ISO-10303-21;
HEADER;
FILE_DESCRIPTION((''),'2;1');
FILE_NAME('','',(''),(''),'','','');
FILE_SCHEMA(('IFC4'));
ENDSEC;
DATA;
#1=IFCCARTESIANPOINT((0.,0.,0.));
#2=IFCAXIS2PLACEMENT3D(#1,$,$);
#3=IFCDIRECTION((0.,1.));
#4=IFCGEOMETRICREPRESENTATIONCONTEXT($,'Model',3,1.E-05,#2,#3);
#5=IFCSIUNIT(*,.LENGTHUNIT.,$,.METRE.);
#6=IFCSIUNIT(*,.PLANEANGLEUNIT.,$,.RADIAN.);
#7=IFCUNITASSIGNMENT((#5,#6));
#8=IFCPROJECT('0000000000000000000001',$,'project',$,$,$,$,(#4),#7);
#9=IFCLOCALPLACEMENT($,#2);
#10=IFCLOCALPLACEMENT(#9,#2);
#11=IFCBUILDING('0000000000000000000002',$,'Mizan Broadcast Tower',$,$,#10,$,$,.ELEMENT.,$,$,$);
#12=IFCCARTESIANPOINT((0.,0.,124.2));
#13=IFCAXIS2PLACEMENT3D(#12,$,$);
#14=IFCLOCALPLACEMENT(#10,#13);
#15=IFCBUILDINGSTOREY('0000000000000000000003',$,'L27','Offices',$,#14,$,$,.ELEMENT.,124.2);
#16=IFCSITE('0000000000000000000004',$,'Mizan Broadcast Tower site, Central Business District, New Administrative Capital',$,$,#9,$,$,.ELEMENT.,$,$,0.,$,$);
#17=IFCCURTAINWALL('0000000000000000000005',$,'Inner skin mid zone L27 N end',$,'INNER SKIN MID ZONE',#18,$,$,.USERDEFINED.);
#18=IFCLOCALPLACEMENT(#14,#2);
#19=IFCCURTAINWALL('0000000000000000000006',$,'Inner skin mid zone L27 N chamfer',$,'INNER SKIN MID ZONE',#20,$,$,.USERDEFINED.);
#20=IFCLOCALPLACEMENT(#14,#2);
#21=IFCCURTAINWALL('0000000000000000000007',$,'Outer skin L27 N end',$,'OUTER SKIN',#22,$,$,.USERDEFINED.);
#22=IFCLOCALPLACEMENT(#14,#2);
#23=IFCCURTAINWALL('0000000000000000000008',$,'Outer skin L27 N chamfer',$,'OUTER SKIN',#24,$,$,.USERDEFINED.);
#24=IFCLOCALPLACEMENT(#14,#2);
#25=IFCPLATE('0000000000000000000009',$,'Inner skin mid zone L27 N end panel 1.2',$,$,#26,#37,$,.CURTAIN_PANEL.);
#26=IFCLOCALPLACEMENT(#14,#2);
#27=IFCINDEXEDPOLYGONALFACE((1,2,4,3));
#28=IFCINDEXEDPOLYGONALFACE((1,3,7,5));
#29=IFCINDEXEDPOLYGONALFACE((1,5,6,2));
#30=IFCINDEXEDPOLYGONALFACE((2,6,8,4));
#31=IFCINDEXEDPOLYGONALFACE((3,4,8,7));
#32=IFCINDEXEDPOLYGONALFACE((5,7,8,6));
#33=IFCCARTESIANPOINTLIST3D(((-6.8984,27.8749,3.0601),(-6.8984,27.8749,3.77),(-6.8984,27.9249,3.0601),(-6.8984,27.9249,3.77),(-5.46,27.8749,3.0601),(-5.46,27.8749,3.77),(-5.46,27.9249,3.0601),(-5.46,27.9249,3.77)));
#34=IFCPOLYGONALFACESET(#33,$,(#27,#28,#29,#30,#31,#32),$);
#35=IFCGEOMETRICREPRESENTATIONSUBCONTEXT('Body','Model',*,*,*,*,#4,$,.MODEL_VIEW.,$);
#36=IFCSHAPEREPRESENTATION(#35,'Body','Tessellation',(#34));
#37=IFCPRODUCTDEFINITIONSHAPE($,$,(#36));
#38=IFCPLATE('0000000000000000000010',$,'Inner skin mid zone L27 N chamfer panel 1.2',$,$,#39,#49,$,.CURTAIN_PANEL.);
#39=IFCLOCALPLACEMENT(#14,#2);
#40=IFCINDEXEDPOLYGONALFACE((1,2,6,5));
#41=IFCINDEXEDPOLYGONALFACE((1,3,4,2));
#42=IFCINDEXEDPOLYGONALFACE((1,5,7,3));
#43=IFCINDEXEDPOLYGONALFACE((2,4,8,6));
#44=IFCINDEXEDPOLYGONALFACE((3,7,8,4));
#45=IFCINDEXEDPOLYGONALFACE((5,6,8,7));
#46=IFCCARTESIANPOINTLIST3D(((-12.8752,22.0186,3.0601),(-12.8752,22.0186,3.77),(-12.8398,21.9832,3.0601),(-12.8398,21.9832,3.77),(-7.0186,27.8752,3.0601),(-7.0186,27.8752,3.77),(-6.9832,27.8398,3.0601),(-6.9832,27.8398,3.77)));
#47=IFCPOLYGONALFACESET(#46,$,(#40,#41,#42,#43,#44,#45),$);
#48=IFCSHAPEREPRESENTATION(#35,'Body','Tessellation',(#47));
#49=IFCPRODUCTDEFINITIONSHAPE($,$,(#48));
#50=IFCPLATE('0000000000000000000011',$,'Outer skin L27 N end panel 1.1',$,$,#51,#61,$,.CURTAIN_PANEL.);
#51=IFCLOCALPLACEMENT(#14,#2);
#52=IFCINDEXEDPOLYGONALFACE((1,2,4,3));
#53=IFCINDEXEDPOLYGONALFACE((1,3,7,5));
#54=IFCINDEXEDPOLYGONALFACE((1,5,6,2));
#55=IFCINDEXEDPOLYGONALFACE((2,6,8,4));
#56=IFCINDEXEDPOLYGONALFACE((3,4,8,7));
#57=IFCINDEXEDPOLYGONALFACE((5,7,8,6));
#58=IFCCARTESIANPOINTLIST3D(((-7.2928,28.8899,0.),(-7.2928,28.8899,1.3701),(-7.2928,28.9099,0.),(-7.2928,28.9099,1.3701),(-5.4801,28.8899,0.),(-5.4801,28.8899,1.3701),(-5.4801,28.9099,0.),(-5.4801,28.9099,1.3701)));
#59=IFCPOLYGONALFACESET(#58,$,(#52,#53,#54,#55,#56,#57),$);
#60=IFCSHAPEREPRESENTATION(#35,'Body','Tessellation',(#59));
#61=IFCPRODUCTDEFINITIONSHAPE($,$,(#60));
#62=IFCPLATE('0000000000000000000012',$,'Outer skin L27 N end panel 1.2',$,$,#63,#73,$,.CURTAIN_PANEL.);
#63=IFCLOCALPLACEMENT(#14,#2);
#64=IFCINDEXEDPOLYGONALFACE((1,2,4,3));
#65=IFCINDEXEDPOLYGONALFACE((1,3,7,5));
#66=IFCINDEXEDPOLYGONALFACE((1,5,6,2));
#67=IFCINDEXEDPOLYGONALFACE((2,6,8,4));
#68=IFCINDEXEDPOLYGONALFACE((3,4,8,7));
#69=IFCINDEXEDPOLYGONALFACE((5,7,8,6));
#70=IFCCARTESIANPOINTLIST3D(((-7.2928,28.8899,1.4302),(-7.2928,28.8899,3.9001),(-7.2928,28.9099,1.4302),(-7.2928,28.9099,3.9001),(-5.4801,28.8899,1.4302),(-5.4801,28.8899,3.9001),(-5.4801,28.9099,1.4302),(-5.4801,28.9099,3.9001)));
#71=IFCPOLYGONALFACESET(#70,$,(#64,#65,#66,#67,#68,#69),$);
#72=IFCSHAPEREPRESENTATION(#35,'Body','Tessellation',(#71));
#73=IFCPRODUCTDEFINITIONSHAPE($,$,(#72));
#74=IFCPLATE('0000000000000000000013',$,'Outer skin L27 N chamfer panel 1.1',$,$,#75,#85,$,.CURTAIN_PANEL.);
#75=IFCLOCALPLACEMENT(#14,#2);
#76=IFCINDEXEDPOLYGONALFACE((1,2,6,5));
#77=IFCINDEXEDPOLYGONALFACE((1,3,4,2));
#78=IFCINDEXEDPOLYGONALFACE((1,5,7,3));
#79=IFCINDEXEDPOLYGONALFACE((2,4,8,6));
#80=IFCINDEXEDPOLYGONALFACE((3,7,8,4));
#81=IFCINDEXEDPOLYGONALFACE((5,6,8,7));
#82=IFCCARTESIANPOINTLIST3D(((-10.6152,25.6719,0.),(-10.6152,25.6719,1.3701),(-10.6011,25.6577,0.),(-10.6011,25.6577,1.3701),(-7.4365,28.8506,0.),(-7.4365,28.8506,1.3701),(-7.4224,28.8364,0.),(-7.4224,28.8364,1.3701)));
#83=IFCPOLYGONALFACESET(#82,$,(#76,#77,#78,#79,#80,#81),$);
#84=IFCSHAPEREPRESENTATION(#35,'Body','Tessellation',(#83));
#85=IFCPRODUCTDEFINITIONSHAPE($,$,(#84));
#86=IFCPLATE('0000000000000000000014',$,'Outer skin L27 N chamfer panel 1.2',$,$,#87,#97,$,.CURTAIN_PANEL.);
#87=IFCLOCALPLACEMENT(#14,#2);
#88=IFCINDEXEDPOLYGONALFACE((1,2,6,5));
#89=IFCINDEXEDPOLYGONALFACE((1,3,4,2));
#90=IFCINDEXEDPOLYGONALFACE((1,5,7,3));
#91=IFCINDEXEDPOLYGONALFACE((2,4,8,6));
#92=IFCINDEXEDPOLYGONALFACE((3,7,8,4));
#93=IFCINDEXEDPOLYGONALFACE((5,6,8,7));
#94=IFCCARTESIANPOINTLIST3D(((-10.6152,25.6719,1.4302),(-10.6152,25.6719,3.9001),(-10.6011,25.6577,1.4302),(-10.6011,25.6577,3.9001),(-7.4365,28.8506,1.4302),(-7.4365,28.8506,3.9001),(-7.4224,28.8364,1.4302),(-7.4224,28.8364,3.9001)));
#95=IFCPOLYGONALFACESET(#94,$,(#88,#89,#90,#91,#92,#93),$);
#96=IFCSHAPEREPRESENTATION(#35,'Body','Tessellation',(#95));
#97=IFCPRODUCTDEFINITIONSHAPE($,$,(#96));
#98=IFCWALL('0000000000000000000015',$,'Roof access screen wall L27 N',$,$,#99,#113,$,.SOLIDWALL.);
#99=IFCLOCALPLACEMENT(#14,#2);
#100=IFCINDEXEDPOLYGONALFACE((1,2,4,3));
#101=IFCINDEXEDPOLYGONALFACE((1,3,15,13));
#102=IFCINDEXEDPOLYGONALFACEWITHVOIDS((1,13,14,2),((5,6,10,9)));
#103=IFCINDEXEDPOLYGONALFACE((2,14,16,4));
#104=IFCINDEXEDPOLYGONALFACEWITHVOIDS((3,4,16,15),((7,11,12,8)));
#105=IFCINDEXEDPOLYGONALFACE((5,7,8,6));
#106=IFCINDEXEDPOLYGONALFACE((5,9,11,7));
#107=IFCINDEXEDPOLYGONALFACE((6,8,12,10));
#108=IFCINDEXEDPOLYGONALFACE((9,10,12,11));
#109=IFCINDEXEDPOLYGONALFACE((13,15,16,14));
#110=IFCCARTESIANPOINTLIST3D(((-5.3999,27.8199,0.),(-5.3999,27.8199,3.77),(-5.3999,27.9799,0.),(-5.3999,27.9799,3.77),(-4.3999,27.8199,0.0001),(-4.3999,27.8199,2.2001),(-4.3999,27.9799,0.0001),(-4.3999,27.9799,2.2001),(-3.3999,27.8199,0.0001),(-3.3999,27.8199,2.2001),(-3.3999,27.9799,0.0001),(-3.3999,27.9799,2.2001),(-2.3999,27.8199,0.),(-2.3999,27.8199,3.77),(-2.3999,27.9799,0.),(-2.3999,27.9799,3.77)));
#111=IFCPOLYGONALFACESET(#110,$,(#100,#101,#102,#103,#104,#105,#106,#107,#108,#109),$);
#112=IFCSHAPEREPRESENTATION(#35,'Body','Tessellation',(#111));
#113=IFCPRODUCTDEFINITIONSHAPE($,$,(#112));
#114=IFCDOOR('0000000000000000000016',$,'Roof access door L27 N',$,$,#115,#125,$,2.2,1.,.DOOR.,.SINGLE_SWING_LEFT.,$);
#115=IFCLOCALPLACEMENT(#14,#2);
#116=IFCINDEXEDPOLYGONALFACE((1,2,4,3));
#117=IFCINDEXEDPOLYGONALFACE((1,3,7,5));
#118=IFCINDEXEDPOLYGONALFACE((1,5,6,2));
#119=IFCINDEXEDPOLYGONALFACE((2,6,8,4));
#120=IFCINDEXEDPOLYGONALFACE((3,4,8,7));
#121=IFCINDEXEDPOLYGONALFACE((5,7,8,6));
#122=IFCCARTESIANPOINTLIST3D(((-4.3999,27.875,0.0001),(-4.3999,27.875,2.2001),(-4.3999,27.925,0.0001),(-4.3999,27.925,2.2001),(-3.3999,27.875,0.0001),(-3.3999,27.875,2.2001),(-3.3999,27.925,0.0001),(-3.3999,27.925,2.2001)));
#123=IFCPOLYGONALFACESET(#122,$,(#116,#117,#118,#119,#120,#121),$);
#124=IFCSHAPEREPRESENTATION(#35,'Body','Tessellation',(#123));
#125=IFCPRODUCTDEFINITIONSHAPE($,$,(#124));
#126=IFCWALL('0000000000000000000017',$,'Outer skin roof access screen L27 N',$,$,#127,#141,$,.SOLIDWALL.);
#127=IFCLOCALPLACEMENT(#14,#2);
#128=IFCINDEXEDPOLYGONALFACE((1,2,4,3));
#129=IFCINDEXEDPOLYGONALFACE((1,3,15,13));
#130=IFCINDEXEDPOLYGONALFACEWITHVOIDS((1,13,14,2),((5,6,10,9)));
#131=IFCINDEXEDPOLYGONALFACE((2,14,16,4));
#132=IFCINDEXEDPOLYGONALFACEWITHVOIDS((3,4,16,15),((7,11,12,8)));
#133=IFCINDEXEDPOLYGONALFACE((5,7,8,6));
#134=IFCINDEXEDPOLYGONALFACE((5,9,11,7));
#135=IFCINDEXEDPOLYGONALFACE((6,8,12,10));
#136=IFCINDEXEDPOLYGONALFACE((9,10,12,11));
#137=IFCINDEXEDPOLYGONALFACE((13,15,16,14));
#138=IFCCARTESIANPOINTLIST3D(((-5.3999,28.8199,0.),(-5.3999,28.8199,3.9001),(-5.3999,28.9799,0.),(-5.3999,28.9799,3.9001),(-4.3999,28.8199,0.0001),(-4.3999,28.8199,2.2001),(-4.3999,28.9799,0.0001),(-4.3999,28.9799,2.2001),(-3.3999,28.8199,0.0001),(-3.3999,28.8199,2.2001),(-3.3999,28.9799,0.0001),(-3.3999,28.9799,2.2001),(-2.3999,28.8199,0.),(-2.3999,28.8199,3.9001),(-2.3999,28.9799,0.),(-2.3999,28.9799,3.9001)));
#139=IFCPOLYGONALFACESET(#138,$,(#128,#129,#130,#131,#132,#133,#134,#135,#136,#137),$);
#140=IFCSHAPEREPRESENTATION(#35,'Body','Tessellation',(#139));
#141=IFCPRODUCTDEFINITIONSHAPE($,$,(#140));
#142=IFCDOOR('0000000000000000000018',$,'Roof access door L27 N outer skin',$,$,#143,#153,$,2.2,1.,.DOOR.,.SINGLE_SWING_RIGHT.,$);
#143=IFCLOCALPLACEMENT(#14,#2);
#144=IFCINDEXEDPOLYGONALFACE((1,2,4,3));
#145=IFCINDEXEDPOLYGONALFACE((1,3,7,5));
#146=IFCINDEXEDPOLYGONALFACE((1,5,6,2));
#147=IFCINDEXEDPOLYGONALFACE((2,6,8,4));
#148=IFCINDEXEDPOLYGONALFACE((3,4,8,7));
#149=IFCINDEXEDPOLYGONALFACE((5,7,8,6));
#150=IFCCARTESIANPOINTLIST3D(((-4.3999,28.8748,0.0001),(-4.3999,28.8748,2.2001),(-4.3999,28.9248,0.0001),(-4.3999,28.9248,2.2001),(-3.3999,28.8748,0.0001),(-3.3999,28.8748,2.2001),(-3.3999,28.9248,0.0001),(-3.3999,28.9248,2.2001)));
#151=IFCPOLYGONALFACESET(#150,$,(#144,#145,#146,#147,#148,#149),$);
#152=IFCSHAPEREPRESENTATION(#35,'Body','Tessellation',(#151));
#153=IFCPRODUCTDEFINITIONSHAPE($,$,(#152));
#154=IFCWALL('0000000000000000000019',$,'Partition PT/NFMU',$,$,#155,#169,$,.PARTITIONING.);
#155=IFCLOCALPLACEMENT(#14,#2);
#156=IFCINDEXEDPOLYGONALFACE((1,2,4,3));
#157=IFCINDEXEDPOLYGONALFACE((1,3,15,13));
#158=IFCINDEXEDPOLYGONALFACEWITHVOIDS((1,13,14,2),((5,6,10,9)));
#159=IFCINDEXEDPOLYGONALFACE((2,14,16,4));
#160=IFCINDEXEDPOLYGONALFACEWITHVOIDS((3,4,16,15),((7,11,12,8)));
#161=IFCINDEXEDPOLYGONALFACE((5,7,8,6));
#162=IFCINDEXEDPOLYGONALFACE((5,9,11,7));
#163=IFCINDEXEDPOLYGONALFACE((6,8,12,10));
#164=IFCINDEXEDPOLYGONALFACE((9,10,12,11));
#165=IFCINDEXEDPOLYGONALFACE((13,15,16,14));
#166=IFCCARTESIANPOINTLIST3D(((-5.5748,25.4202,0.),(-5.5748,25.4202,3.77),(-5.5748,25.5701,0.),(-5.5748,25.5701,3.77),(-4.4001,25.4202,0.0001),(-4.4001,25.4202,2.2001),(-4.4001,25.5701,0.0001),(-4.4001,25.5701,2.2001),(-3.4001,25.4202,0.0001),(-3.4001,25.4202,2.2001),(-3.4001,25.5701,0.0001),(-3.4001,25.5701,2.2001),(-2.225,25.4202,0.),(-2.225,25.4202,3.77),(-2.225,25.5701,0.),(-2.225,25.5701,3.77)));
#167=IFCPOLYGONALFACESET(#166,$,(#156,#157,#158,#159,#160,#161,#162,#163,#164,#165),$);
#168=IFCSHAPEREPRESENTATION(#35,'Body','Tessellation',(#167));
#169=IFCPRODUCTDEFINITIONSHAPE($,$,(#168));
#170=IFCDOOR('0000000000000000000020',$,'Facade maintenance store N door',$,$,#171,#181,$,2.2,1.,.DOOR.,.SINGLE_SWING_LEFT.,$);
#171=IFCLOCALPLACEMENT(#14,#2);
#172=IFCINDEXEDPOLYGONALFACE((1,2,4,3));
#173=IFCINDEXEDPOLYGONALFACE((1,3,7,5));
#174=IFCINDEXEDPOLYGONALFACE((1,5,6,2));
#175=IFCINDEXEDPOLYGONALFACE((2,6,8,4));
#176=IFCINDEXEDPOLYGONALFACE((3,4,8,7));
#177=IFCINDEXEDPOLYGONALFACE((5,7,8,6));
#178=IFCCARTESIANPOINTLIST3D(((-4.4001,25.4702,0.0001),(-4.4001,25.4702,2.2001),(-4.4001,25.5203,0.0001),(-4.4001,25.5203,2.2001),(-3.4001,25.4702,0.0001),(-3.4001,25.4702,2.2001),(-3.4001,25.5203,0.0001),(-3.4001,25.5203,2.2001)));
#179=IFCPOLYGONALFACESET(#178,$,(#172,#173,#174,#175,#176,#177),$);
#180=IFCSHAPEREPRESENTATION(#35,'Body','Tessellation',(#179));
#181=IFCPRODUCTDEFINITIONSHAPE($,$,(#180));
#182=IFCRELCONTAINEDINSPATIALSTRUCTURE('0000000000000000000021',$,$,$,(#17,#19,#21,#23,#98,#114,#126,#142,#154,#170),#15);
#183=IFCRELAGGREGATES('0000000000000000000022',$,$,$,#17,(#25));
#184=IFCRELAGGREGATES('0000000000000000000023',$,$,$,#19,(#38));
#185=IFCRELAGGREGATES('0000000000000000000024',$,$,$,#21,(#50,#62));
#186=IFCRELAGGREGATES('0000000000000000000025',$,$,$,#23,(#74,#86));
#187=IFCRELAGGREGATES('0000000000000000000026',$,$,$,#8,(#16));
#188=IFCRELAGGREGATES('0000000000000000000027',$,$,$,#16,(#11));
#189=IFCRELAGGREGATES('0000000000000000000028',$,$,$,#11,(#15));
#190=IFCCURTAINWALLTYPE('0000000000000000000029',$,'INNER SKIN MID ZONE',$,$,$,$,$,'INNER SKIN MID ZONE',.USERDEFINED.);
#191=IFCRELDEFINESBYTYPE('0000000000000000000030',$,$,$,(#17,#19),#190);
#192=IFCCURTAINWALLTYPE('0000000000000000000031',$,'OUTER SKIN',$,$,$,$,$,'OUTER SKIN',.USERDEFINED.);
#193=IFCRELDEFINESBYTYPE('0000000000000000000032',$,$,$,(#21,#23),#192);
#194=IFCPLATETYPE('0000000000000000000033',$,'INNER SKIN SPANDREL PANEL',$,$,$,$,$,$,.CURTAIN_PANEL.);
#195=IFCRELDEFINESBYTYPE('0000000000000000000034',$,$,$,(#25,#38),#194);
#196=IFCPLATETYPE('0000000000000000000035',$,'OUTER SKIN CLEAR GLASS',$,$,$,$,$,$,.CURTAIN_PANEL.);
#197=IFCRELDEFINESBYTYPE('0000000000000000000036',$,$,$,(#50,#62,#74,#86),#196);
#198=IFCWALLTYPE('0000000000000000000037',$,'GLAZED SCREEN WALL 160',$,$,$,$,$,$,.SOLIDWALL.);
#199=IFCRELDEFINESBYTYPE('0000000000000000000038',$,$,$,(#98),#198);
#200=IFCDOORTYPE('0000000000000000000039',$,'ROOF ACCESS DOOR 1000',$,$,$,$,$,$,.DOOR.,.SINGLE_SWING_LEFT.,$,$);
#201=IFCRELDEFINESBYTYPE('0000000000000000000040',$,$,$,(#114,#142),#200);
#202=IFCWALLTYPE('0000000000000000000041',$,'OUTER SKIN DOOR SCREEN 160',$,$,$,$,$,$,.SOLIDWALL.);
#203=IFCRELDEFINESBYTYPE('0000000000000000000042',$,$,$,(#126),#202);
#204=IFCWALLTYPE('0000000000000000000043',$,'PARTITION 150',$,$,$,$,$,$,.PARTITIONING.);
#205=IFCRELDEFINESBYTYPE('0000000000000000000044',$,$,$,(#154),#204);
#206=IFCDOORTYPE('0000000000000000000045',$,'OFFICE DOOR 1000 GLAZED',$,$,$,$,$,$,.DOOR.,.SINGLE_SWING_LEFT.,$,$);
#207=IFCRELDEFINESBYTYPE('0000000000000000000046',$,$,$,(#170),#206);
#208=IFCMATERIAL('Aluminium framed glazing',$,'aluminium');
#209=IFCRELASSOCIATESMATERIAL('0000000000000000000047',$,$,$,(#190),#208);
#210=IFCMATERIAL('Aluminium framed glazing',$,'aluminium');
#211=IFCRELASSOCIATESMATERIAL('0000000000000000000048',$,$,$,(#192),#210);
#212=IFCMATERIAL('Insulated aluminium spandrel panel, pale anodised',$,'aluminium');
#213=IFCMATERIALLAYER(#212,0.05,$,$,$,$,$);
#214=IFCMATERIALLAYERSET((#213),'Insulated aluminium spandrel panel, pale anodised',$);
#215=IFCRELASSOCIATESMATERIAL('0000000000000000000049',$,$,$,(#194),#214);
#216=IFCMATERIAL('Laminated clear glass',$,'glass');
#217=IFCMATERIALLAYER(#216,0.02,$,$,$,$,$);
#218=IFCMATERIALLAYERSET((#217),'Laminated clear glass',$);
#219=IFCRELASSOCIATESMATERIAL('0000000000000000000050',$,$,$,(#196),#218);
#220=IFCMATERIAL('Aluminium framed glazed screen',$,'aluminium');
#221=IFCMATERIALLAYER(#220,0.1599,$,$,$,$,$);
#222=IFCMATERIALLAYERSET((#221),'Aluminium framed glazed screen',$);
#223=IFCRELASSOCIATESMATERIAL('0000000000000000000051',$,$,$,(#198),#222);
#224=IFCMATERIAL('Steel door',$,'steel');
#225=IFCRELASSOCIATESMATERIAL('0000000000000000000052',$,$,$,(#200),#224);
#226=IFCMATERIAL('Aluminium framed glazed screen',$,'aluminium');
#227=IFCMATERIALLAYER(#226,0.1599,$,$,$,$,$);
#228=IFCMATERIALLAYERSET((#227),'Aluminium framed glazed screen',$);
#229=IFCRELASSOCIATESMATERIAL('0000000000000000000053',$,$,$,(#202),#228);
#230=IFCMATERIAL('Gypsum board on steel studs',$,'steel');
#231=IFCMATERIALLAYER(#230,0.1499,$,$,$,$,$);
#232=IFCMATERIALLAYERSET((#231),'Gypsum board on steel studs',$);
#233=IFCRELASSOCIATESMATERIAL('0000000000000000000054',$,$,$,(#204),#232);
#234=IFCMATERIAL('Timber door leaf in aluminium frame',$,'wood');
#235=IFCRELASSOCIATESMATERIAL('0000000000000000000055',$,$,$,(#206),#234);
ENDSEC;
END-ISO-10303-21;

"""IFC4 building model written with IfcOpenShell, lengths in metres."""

from ifc_helpers import new_model, si_unit, direction, frame, frame_2d, origin, origin_2d, place, context, subcontext, project, spatial, rectangle, extrude, material, layer, layer_set, type_object, element, fill, aggregate, save


model = new_model("IFC4")

# Units and contexts
model_context = context("Model", 3, precision=1e-05, world=origin(), true_north=direction((0.0, 1.0)))
body_context = subcontext(model_context, "Body", "Model", "MODEL_VIEW")
ifc_project = project(units=[si_unit("LENGTHUNIT", "METRE"), si_unit("PLANEANGLEUNIT", "RADIAN")], contexts=[model_context])

# Site, building, storey
site_placement = place(None, origin())
site = spatial("IfcSite", under=ifc_project, at=site_placement, Name="Mizan Broadcast Tower site, Central Business District, New Administrative Capital", CompositionType="ELEMENT", RefElevation=0.0)
building_placement = place(site_placement, origin())
building = spatial("IfcBuilding", under=site, at=building_placement, Name="Mizan Broadcast Tower", CompositionType="ELEMENT")
storey_placement = place(building_placement, frame((0.0, 0.0, 124.2)))
storey = spatial("IfcBuildingStorey", under=building, at=storey_placement, Name="L27", Description="Offices", CompositionType="ELEMENT", Elevation=124.2)

# Curtain wall
ifc_material_1 = material(Name="Aluminium framed glazing", Category="aluminium")
curtain_wall_type_1 = type_object("IfcCurtainWallType", Name="INNER SKIN MID ZONE", ElementType="INNER SKIN MID ZONE", PredefinedType="USERDEFINED", material=ifc_material_1)
curtain_wall_1_placement = place(storey_placement, origin())
curtain_wall_1 = element("IfcCurtainWall", 1, at=curtain_wall_1_placement, inside=storey, type_object=curtain_wall_type_1, Name="Inner skin mid zone L27 N end", ObjectType="INNER SKIN MID ZONE", PredefinedType="USERDEFINED")

# Curtain wall
curtain_wall_2_placement = place(storey_placement, origin())
curtain_wall_2 = element("IfcCurtainWall", 2, at=curtain_wall_2_placement, inside=storey, type_object=curtain_wall_type_1, Name="Inner skin mid zone L27 N chamfer", ObjectType="INNER SKIN MID ZONE", PredefinedType="USERDEFINED")
ifc_material_2 = material(Name="Aluminium framed glazing", Category="aluminium")
curtain_wall_type_2 = type_object("IfcCurtainWallType", Name="OUTER SKIN", ElementType="OUTER SKIN", PredefinedType="USERDEFINED", material=ifc_material_2)

# Curtain wall
curtain_wall_3_placement = place(storey_placement, origin())
curtain_wall_3 = element("IfcCurtainWall", 3, at=curtain_wall_3_placement, inside=storey, type_object=curtain_wall_type_2, Name="Outer skin L27 N end", ObjectType="OUTER SKIN", PredefinedType="USERDEFINED")

# Curtain wall
curtain_wall_4_placement = place(storey_placement, origin())
curtain_wall_4 = element("IfcCurtainWall", 4, at=curtain_wall_4_placement, inside=storey, type_object=curtain_wall_type_2, Name="Outer skin L27 N chamfer", ObjectType="OUTER SKIN", PredefinedType="USERDEFINED")

# Plates
ifc_material_3 = material(Name="Insulated aluminium spandrel panel, pale anodised", Category="aluminium")
ifc_layer_1 = layer(ifc_material_3, 0.05)
ifc_layer_set_1 = layer_set([ifc_layer_1], Name="Insulated aluminium spandrel panel, pale anodised")
plate_type_1 = type_object("IfcPlateType", Name="INNER SKIN SPANDREL PANEL", PredefinedType="CURTAIN_PANEL", material=ifc_layer_set_1)
plate_1_placement = place(storey_placement, frame((-6.1792, 27.8999, 3.0601), z_axis=(0.0, 0.0, 1.0), x_axis=(-1.0, 0.0, 0.0)))
plate_1 = element("IfcPlate", 5, at=plate_1_placement, type_object=plate_type_1, Name="Inner skin mid zone L27 N end panel 1.2", PredefinedType="CURTAIN_PANEL", context=body_context, shape_type="SweptSolid", body=[
    extrude(rectangle(XDim=1.4385, YDim=0.05, at=origin_2d()), origin(), (0.0, 0.0, 1.0), 0.71),
])
aggregate(curtain_wall_1, [plate_1])
plate_2_placement = place(storey_placement, frame((-9.9292, 24.9292, 3.0601), z_axis=(0.0, 0.0, 1.0), x_axis=(-0.707107, -0.707107, 0.0)))
plate_2 = element("IfcPlate", 6, at=plate_2_placement, type_object=plate_type_1, Name="Inner skin mid zone L27 N chamfer panel 1.2", PredefinedType="CURTAIN_PANEL", context=body_context, shape_type="SweptSolid", body=[
    extrude(rectangle(XDim=8.2825, YDim=0.05, at=origin_2d()), origin(), (0.0, 0.0, 1.0), 0.71),
])
aggregate(curtain_wall_2, [plate_2])
ifc_material_4 = material(Name="Laminated clear glass", Category="glass")
ifc_layer_2 = layer(ifc_material_4, 0.02)
ifc_layer_set_2 = layer_set([ifc_layer_2], Name="Laminated clear glass")
plate_type_2 = type_object("IfcPlateType", Name="OUTER SKIN CLEAR GLASS", PredefinedType="CURTAIN_PANEL", material=ifc_layer_set_2)
plate_3_placement = place(storey_placement, frame((-6.3865, 28.8999, 0.0), z_axis=(0.0, 0.0, 1.0), x_axis=(-1.0, 0.0, 0.0)))
plate_3 = element("IfcPlate", 7, at=plate_3_placement, type_object=plate_type_2, Name="Outer skin L27 N end panel 1.1", PredefinedType="CURTAIN_PANEL", context=body_context, shape_type="SweptSolid", body=[
    extrude(rectangle(XDim=1.8127, YDim=0.02, at=origin_2d()), origin(), (0.0, 0.0, 1.0), 1.3701),
])
plate_4_placement = place(storey_placement, frame((-6.3865, 28.8999, 1.4302), z_axis=(0.0, 0.0, 1.0), x_axis=(-1.0, 0.0, 0.0)))
plate_4 = element("IfcPlate", 8, at=plate_4_placement, type_object=plate_type_2, Name="Outer skin L27 N end panel 1.2", PredefinedType="CURTAIN_PANEL", context=body_context, shape_type="SweptSolid", body=[
    extrude(rectangle(XDim=1.8127, YDim=0.02, at=origin_2d()), origin(), (0.0, 0.0, 1.0), 2.47),
])
aggregate(curtain_wall_3, [plate_3, plate_4])
plate_5_placement = place(storey_placement, frame((-9.0188, 27.2542, 0.0), z_axis=(0.0, 0.0, 1.0), x_axis=(-0.707107, -0.707107, 0.0)))
plate_5 = element("IfcPlate", 9, at=plate_5_placement, type_object=plate_type_2, Name="Outer skin L27 N chamfer panel 1.1", PredefinedType="CURTAIN_PANEL", context=body_context, shape_type="SweptSolid", body=[
    extrude(rectangle(XDim=4.4954, YDim=0.02, at=origin_2d()), origin(), (0.0, 0.0, 1.0), 1.3701),
])
plate_6_placement = place(storey_placement, frame((-9.0188, 27.2542, 1.4302), z_axis=(0.0, 0.0, 1.0), x_axis=(-0.707107, -0.707107, 0.0)))
plate_6 = element("IfcPlate", 10, at=plate_6_placement, type_object=plate_type_2, Name="Outer skin L27 N chamfer panel 1.2", PredefinedType="CURTAIN_PANEL", context=body_context, shape_type="SweptSolid", body=[
    extrude(rectangle(XDim=4.4954, YDim=0.02, at=origin_2d()), origin(), (0.0, 0.0, 1.0), 2.47),
])
aggregate(curtain_wall_4, [plate_5, plate_6])

# Walls, openings, doors
ifc_material_5 = material(Name="Aluminium framed glazed screen", Category="aluminium")
ifc_layer_3 = layer(ifc_material_5, 0.1599)
ifc_layer_set_3 = layer_set([ifc_layer_3], Name="Aluminium framed glazed screen")
wall_type_1 = type_object("IfcWallType", Name="GLAZED SCREEN WALL 160", PredefinedType="SOLIDWALL", material=ifc_layer_set_3)
wall_1_placement = place(storey_placement, frame((-2.3999, 27.8999, 0.0), z_axis=(0.0, 0.0, 1.0), x_axis=(-1.0, 0.0, 0.0)))
wall_1 = element("IfcWall", 11, at=wall_1_placement, inside=storey, type_object=wall_type_1, Name="Roof access screen wall L27 N", PredefinedType="SOLIDWALL", context=body_context, shape_type="SweptSolid", body=[
    extrude(rectangle(XDim=3.0, YDim=0.1599, at=frame_2d((1.5, 0.0))), origin(), (0.0, 0.0, 1.0), 3.77),
])
opening_1_placement = place(wall_1_placement, frame((1.0, 0.0, 0.0)))
opening_1 = element("IfcOpeningElement", 12, at=opening_1_placement, cuts=wall_1, PredefinedType="OPENING", context=body_context, shape_type="SweptSolid", body=[
    extrude(rectangle(XDim=1.0, YDim=2.2, at=frame_2d((0.5, 1.1001))), frame((0.0, 0.0898, 0.0), z_axis=(0.0, -1.0, 0.0), x_axis=(1.0, 0.0, 0.0)), (0.0, 0.0, 1.0), 0.1799),
])
ifc_material_6 = material(Name="Steel door", Category="steel")
door_type_1 = type_object("IfcDoorType", Name="ROOF ACCESS DOOR 1000", OperationType="SINGLE_SWING_LEFT", PredefinedType="DOOR", material=ifc_material_6)
door_1_placement = place(opening_1_placement, origin())
door_1 = element("IfcDoor", 13, at=door_1_placement, inside=storey, type_object=door_type_1, Name="Roof access door L27 N", OperationType="SINGLE_SWING_LEFT", OverallHeight=2.2, OverallWidth=1.0, PredefinedType="DOOR", context=body_context, shape_type="SweptSolid", body=[
    extrude(rectangle(XDim=1.0, YDim=2.2, at=frame_2d((0.5, 1.1001))), frame((0.0, 0.0249, 0.0), z_axis=(0.0, -1.0, 0.0), x_axis=(1.0, 0.0, 0.0)), (0.0, 0.0, 1.0), 0.05),
])
fill(opening_1, door_1)
ifc_material_7 = material(Name="Aluminium framed glazed screen", Category="aluminium")
ifc_layer_4 = layer(ifc_material_7, 0.1599)
ifc_layer_set_4 = layer_set([ifc_layer_4], Name="Aluminium framed glazed screen")
wall_type_2 = type_object("IfcWallType", Name="OUTER SKIN DOOR SCREEN 160", PredefinedType="SOLIDWALL", material=ifc_layer_set_4)
wall_2_placement = place(storey_placement, frame((-5.3999, 28.8999, 0.0), z_axis=(0.0, 0.0, 1.0), x_axis=(1.0, 0.0, 0.0)))
wall_2 = element("IfcWall", 14, at=wall_2_placement, inside=storey, type_object=wall_type_2, Name="Outer skin roof access screen L27 N", PredefinedType="SOLIDWALL", context=body_context, shape_type="SweptSolid", body=[
    extrude(rectangle(XDim=3.0, YDim=0.1599, at=frame_2d((1.5, 0.0))), origin(), (0.0, 0.0, 1.0), 3.9001),
])
opening_2_placement = place(wall_2_placement, frame((1.0, 0.0, 0.0)))
opening_2 = element("IfcOpeningElement", 15, at=opening_2_placement, cuts=wall_2, PredefinedType="OPENING", context=body_context, shape_type="SweptSolid", body=[
    extrude(rectangle(XDim=1.0, YDim=2.2, at=frame_2d((0.5, 1.1001))), frame((0.0, 0.0898, 0.0), z_axis=(0.0, -1.0, 0.0), x_axis=(1.0, 0.0, 0.0)), (0.0, 0.0, 1.0), 0.1799),
])
door_2_placement = place(opening_2_placement, origin())
door_2 = element("IfcDoor", 16, at=door_2_placement, inside=storey, type_object=door_type_1, Name="Roof access door L27 N outer skin", OperationType="SINGLE_SWING_RIGHT", OverallHeight=2.2, OverallWidth=1.0, PredefinedType="DOOR", context=body_context, shape_type="SweptSolid", body=[
    extrude(rectangle(XDim=1.0, YDim=2.2, at=frame_2d((0.5, 1.1001))), frame((0.0, 0.0249, 0.0), z_axis=(0.0, -1.0, 0.0), x_axis=(1.0, 0.0, 0.0)), (0.0, 0.0, 1.0), 0.05),
])
fill(opening_2, door_2)
ifc_material_8 = material(Name="Gypsum board on steel studs", Category="steel")
ifc_layer_5 = layer(ifc_material_8, 0.1499)
ifc_layer_set_5 = layer_set([ifc_layer_5], Name="Gypsum board on steel studs")
wall_type_3 = type_object("IfcWallType", Name="PARTITION 150", PredefinedType="PARTITIONING", material=ifc_layer_set_5)
wall_3_placement = place(storey_placement, frame((-2.2251, 25.4951, 0.0), z_axis=(0.0, 0.0, 1.0), x_axis=(-1.0, 0.0, 0.0)))
wall_3 = element("IfcWall", 17, at=wall_3_placement, inside=storey, type_object=wall_type_3, Name="Partition PT/NFMU", PredefinedType="PARTITIONING", context=body_context, shape_type="SweptSolid", body=[
    extrude(rectangle(XDim=3.3499, YDim=0.1499, at=frame_2d((1.6748, 0.0))), origin(), (0.0, 0.0, 1.0), 3.77),
])
opening_3_placement = place(wall_3_placement, frame((1.175, 0.0, 0.0)))
opening_3 = element("IfcOpeningElement", 18, at=opening_3_placement, cuts=wall_3, PredefinedType="OPENING", context=body_context, shape_type="SweptSolid", body=[
    extrude(rectangle(XDim=1.0, YDim=2.2, at=frame_2d((0.5, 1.1001))), frame((0.0, 0.085, 0.0), z_axis=(0.0, -1.0, 0.0), x_axis=(1.0, 0.0, 0.0)), (0.0, 0.0, 1.0), 0.1699),
])
ifc_material_9 = material(Name="Timber door leaf in aluminium frame", Category="wood")
door_type_2 = type_object("IfcDoorType", Name="OFFICE DOOR 1000 GLAZED", OperationType="SINGLE_SWING_LEFT", PredefinedType="DOOR", material=ifc_material_9)
door_3_placement = place(opening_3_placement, origin())
door_3 = element("IfcDoor", 19, at=door_3_placement, inside=storey, type_object=door_type_2, Name="Facade maintenance store N door", OperationType="SINGLE_SWING_LEFT", OverallHeight=2.2, OverallWidth=1.0, PredefinedType="DOOR", context=body_context, shape_type="SweptSolid", body=[
    extrude(rectangle(XDim=1.0, YDim=2.2, at=frame_2d((0.5, 1.1001))), frame((0.0, 0.0249, 0.0), z_axis=(0.0, -1.0, 0.0), x_axis=(1.0, 0.0, 0.0)), (0.0, 0.0, 1.0), 0.05),
])
fill(opening_3, door_3)

save(model, "model.ifc")
